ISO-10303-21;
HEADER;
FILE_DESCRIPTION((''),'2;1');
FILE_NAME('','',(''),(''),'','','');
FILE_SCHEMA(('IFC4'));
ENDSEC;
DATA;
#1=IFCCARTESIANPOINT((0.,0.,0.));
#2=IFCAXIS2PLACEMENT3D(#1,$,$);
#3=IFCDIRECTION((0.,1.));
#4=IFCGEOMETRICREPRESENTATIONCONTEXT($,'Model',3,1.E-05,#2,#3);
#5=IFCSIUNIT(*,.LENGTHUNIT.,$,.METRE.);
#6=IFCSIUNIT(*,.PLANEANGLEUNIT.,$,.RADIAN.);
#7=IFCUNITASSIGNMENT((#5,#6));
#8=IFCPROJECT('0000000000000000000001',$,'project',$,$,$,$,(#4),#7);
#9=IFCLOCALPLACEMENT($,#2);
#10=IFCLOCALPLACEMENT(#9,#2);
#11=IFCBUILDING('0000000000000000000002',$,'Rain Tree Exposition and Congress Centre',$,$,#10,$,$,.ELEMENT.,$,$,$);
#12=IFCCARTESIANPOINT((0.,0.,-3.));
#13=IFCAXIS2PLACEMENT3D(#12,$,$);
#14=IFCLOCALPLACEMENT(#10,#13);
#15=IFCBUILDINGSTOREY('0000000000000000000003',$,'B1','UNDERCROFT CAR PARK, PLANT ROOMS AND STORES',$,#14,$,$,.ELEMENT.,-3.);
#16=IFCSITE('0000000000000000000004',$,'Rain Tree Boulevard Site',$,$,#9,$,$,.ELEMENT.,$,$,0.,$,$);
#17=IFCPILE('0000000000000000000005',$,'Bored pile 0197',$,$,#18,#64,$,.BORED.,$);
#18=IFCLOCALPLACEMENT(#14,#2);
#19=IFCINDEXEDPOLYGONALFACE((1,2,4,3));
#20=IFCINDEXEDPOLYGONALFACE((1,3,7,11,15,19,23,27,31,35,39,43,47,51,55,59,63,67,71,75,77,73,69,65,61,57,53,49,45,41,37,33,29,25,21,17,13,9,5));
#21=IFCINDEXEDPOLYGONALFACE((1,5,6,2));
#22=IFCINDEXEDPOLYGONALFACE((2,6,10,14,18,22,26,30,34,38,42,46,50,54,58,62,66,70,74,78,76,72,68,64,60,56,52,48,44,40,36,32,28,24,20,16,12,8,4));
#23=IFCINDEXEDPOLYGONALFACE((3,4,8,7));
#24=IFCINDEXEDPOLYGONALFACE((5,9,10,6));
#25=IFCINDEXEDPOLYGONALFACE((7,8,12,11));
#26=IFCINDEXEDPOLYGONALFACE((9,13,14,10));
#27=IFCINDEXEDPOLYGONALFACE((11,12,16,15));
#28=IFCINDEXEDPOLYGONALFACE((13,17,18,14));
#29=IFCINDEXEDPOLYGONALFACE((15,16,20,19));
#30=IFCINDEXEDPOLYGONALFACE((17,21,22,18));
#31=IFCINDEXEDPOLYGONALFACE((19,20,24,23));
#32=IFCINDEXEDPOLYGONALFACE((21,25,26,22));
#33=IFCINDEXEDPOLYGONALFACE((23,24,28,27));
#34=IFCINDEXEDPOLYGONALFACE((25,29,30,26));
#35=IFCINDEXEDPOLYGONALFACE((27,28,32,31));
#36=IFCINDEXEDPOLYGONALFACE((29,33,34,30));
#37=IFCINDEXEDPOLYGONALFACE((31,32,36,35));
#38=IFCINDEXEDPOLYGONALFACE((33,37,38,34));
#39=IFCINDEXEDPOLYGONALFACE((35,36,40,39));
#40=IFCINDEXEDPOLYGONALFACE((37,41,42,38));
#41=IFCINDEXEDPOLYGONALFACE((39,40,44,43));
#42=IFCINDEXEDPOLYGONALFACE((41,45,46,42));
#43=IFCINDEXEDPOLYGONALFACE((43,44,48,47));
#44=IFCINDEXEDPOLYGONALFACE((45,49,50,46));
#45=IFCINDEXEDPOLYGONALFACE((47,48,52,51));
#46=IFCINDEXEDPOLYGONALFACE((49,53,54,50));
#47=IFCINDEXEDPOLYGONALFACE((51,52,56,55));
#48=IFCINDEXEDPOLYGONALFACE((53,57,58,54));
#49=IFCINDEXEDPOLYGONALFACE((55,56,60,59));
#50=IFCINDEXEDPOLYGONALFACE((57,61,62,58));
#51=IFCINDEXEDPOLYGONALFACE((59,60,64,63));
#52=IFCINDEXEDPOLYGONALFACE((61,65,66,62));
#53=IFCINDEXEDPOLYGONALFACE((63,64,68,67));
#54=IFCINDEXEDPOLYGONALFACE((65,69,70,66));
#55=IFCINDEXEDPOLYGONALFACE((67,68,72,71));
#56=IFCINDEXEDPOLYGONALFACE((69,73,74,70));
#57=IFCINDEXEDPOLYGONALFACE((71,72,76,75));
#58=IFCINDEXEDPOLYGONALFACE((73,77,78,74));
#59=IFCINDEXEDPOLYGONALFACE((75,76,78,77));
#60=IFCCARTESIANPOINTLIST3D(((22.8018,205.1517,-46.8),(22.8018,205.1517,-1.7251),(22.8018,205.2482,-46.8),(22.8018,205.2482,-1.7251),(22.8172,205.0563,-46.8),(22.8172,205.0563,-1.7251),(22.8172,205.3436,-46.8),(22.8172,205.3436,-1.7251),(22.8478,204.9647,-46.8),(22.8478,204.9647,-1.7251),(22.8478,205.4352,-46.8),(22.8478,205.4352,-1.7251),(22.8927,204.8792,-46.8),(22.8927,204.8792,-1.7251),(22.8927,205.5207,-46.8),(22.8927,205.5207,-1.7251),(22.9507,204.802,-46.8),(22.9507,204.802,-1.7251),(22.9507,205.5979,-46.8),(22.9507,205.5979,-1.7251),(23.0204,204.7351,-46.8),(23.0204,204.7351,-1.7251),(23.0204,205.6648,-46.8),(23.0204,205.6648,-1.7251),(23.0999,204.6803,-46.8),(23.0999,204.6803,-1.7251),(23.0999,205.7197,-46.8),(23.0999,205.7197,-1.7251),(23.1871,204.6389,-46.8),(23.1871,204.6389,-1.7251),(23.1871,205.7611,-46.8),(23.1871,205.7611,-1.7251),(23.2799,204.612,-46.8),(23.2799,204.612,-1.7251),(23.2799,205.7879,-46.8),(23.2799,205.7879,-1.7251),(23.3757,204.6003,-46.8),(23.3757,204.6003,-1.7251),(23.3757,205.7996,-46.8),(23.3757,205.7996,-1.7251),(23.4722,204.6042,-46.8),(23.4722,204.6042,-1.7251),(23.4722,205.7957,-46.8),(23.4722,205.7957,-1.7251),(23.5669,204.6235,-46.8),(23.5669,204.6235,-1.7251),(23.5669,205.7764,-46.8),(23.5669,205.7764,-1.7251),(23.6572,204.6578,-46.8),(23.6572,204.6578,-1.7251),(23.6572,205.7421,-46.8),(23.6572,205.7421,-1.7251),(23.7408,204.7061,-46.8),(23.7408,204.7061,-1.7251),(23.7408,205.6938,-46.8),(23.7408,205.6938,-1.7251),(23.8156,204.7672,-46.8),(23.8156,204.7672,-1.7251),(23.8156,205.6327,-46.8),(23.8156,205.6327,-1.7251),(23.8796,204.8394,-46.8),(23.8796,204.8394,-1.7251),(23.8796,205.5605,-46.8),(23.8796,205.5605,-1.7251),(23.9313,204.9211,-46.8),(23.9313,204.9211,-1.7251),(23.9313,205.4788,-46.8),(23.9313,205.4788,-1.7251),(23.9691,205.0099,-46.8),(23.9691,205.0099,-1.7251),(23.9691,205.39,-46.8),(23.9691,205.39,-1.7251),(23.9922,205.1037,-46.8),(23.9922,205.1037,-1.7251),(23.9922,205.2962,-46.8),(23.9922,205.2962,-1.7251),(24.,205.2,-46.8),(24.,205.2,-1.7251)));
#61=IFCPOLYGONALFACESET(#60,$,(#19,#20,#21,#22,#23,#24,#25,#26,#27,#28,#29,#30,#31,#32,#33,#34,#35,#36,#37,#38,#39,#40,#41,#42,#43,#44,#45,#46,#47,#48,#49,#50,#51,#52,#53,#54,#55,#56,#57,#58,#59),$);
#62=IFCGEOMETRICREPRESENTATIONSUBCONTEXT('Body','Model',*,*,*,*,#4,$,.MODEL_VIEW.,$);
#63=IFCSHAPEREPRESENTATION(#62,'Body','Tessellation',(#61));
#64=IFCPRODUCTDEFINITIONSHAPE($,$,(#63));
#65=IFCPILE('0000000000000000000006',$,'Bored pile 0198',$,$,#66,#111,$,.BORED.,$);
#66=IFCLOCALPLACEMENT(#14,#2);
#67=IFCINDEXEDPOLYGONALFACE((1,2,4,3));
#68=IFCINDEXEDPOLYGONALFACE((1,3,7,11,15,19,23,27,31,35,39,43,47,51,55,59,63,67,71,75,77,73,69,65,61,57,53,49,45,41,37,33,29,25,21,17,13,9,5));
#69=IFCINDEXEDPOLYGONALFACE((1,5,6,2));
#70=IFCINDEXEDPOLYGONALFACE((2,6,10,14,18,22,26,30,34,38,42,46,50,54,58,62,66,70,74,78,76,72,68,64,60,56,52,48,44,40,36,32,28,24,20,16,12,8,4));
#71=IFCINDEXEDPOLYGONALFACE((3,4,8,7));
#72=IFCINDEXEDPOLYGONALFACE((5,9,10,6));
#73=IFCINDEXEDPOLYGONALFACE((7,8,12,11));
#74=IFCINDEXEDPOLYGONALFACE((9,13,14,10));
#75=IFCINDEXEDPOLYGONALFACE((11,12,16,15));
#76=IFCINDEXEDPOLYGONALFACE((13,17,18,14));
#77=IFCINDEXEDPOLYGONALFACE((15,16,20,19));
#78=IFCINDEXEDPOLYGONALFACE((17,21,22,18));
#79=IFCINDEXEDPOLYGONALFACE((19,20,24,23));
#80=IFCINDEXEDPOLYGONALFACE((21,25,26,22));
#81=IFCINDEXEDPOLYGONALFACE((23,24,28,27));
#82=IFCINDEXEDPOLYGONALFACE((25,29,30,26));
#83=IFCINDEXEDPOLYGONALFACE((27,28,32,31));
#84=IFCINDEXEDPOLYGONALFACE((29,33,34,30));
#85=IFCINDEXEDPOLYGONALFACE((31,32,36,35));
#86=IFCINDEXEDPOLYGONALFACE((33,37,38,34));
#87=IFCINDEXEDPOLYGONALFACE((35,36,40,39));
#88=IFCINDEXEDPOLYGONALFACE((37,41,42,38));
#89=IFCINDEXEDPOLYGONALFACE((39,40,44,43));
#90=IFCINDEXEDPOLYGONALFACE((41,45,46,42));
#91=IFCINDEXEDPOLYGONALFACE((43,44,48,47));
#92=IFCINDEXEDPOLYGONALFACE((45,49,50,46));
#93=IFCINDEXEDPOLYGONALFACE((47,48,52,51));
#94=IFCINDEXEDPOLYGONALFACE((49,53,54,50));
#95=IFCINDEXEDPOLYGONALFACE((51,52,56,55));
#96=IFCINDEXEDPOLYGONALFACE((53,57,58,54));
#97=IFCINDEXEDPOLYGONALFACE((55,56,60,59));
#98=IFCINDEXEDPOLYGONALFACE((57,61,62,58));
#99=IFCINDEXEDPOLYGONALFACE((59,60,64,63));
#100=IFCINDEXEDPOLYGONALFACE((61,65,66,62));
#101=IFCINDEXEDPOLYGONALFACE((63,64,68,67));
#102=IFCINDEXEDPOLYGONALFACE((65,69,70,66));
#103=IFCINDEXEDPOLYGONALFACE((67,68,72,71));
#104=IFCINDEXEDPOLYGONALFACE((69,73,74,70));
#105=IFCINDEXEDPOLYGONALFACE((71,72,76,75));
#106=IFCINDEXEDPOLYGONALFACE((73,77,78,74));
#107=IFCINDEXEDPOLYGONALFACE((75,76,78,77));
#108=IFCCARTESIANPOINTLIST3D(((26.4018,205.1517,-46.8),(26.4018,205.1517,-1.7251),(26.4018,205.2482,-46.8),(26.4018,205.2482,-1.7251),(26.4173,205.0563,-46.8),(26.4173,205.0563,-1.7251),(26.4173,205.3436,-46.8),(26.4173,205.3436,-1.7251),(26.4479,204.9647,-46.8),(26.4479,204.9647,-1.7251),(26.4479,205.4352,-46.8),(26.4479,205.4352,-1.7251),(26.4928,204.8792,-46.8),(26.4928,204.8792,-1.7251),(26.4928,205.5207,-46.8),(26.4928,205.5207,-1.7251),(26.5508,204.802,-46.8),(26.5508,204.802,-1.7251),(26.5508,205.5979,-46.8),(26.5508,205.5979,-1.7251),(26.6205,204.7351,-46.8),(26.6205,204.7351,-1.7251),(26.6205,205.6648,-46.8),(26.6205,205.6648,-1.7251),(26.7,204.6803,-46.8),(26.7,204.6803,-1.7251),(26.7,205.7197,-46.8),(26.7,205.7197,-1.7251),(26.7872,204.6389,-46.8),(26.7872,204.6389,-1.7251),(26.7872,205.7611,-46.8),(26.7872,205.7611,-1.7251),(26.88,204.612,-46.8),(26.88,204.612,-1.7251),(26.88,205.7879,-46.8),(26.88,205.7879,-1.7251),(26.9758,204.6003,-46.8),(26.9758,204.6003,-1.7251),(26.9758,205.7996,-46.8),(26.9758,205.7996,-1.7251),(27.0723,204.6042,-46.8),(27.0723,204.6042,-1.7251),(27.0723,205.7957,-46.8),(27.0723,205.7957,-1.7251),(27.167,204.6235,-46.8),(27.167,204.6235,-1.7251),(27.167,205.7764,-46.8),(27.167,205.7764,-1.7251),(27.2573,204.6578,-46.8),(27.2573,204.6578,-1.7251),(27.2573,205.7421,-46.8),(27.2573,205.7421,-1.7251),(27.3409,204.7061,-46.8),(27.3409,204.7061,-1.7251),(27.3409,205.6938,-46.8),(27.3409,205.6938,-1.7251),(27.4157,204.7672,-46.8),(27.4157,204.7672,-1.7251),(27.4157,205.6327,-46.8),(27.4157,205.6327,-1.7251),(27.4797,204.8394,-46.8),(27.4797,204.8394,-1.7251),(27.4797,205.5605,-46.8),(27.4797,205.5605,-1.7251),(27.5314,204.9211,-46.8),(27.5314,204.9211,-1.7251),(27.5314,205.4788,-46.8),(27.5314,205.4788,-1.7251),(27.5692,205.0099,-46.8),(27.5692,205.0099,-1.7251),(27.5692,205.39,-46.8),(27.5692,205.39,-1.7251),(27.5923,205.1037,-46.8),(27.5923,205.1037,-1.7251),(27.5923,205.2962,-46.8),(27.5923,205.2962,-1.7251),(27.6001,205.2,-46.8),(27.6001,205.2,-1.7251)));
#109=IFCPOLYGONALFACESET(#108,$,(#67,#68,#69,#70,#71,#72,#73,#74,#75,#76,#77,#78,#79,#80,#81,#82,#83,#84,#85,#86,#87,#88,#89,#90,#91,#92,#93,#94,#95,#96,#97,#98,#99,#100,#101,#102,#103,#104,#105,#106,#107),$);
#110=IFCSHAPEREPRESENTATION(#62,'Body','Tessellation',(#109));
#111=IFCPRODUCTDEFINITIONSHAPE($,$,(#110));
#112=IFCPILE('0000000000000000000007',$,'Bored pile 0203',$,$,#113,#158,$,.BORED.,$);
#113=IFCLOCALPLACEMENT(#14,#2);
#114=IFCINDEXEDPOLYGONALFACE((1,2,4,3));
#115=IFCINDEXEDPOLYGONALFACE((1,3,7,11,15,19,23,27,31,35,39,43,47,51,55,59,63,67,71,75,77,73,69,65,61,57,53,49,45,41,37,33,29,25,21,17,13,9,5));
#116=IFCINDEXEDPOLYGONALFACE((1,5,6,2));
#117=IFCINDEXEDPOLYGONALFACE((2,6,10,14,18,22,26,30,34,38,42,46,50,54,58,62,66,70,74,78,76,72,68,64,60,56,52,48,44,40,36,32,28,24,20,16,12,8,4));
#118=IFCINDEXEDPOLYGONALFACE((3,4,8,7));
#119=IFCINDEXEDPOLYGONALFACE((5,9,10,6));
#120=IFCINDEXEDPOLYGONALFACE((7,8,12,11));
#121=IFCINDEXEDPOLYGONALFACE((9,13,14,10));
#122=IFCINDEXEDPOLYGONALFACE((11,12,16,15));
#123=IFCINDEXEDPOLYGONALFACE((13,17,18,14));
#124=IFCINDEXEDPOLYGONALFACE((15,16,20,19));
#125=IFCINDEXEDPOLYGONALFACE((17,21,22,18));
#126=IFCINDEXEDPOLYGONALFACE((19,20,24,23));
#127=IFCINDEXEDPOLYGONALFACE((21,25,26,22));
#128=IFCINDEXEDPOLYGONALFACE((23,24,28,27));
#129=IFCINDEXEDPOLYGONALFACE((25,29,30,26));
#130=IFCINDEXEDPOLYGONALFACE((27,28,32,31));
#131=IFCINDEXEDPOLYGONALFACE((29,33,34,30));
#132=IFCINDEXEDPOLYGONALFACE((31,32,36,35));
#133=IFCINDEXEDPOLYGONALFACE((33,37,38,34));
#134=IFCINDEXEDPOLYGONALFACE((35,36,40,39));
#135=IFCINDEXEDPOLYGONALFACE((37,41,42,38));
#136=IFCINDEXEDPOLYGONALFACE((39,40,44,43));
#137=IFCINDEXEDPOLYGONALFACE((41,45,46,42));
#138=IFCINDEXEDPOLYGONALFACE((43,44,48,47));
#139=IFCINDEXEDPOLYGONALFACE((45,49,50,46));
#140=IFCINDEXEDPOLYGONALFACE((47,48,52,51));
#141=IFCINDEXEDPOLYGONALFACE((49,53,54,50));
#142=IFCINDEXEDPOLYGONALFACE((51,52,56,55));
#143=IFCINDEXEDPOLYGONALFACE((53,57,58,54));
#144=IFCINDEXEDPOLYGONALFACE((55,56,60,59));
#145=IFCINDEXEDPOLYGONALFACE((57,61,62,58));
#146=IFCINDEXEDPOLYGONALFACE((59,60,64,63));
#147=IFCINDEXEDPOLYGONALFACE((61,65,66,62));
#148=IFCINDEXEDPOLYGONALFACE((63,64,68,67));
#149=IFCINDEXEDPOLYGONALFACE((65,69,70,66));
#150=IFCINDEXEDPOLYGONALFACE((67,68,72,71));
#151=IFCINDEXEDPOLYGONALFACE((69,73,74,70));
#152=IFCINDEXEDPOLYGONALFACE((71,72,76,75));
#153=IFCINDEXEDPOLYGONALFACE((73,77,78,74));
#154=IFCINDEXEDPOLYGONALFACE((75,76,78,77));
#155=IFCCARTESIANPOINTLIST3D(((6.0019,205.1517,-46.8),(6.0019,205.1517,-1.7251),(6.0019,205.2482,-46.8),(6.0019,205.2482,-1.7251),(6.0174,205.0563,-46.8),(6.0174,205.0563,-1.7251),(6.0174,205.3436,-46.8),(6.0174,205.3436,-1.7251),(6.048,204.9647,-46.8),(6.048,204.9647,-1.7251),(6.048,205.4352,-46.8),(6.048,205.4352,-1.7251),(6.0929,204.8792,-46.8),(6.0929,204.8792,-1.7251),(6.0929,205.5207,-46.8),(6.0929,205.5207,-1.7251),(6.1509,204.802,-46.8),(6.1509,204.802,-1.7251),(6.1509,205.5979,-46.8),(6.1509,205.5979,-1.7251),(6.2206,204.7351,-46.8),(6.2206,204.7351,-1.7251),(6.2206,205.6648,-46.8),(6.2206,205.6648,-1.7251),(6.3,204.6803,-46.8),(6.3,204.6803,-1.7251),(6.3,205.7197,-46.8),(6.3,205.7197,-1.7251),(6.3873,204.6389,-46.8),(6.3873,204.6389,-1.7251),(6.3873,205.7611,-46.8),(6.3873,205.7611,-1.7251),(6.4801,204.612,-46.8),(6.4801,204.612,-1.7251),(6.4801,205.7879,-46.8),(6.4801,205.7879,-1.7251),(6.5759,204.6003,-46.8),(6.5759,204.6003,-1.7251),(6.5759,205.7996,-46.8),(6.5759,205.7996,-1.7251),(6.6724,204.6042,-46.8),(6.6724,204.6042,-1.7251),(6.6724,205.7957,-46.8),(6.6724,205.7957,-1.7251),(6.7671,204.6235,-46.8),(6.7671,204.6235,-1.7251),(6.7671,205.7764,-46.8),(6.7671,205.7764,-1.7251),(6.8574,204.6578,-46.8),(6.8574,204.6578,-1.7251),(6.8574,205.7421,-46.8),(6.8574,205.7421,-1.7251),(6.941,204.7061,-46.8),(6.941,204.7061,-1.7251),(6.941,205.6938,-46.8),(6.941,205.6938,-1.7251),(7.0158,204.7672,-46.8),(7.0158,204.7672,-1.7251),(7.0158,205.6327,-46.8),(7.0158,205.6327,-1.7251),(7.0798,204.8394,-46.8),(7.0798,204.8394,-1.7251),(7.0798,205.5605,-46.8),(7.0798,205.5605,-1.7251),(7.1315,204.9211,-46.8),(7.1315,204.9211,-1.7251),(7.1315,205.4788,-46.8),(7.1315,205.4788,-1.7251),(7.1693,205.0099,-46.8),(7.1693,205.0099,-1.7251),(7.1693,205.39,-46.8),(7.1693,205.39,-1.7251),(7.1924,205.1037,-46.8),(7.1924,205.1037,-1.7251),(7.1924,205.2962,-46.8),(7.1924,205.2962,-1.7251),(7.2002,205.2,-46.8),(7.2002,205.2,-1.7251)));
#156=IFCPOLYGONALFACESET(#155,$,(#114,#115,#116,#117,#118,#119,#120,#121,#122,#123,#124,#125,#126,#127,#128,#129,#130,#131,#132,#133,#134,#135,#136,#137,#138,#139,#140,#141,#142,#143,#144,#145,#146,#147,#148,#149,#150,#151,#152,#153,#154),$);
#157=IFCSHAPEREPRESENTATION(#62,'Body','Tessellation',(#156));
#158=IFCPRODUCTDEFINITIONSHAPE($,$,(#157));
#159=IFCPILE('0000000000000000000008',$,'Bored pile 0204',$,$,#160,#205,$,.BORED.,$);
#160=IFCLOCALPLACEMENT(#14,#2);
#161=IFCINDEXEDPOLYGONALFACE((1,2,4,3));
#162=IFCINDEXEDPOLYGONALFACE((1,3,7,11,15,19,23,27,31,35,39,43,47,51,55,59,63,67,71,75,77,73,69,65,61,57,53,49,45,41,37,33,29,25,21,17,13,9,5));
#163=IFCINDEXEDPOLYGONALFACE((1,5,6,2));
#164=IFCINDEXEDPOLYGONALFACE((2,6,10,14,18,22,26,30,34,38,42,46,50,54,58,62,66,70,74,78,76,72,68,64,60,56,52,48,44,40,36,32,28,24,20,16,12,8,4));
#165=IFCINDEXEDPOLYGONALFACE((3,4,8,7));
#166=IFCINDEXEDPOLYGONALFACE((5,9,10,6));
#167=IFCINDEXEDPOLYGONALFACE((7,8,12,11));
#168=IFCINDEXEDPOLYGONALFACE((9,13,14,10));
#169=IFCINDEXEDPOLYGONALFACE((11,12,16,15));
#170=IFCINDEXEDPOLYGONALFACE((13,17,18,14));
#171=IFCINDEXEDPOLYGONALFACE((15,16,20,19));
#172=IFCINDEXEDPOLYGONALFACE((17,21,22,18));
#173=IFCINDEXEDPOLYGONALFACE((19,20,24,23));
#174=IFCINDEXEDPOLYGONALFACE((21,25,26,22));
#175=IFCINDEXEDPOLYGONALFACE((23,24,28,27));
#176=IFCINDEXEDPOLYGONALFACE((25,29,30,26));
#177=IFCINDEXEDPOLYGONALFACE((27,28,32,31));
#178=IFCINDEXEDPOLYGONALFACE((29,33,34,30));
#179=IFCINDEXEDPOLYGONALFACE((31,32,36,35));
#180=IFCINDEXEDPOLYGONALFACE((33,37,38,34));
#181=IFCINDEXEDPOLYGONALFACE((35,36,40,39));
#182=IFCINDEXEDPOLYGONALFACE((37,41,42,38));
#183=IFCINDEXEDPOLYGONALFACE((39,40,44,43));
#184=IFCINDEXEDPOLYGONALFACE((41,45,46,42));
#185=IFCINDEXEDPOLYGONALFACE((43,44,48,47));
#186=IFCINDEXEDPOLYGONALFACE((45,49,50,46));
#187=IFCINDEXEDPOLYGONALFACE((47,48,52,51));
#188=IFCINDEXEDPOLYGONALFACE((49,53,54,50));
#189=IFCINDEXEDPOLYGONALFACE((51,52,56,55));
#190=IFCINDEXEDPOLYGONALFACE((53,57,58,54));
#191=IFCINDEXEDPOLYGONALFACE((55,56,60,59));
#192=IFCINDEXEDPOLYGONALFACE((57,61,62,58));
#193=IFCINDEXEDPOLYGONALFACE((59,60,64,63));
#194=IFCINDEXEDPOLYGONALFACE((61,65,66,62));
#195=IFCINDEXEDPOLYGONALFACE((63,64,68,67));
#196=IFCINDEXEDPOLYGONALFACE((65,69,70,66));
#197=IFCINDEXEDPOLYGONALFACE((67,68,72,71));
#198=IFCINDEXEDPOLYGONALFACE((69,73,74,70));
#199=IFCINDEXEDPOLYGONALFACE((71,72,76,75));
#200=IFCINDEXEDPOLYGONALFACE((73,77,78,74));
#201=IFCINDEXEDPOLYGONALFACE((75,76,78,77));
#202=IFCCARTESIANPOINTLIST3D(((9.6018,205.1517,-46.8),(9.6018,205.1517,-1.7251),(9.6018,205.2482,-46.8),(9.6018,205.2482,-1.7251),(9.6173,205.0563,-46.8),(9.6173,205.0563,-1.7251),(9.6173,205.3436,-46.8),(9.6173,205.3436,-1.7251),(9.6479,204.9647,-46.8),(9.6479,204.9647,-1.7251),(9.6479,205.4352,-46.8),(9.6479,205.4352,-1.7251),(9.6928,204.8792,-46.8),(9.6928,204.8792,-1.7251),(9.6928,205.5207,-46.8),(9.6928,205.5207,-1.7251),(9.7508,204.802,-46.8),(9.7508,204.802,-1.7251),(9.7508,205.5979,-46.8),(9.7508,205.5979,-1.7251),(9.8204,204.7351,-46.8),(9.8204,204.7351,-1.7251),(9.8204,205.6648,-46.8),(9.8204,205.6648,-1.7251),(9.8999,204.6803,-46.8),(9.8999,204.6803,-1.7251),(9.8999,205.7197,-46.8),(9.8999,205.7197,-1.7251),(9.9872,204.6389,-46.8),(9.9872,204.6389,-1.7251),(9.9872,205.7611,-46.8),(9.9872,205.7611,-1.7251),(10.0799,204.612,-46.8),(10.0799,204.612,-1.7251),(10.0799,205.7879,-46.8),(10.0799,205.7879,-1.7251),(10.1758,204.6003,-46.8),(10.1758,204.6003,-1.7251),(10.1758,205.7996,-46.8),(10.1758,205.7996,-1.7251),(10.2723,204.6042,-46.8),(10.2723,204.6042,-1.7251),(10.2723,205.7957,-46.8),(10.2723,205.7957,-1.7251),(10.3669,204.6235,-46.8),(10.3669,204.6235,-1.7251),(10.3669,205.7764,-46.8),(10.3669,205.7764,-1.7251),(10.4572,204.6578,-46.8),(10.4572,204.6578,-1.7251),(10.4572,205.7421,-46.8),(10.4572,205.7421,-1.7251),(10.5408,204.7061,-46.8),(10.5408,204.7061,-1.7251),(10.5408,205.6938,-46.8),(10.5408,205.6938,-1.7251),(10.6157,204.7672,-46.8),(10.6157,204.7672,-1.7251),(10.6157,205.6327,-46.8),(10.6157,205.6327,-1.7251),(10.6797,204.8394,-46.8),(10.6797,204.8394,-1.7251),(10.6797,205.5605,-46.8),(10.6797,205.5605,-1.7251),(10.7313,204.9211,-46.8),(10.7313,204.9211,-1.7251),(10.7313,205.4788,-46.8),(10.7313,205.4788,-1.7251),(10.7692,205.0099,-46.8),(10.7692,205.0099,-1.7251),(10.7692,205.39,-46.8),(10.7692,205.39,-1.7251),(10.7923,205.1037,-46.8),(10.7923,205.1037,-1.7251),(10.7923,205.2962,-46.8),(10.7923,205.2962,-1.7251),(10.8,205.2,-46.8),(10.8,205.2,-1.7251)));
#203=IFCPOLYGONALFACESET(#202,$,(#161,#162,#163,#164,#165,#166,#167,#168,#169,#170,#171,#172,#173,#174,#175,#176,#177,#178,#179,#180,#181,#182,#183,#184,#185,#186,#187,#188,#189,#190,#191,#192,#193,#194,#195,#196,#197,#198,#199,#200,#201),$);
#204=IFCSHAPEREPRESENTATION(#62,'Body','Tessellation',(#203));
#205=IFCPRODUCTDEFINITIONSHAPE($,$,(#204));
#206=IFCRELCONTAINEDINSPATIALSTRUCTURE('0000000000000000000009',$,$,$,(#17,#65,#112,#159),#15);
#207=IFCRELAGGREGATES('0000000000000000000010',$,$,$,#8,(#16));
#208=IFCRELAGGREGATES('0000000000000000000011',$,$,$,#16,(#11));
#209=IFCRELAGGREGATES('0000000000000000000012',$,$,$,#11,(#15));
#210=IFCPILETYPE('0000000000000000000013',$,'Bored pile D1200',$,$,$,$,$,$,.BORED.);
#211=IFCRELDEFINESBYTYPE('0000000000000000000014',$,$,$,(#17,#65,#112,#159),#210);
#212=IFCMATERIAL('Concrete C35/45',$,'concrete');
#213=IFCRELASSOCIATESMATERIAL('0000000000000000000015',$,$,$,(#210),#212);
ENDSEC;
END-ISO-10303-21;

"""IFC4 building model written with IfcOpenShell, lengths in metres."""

from ifc_helpers import new_model, si_unit, direction, frame, origin, origin_2d, place, context, subcontext, project, spatial, circle, extrude, material, material_profile, profile_set, type_object, element, save


model = new_model("IFC4")

# Units and contexts
model_context = context("Model", 3, precision=1e-05, world=origin(), true_north=direction((0.0, 1.0)))
body_context = subcontext(model_context, "Body", "Model", "MODEL_VIEW")
ifc_project = project(units=[si_unit("LENGTHUNIT", "METRE"), si_unit("PLANEANGLEUNIT", "RADIAN")], contexts=[model_context])

# Site, building, storey
site_placement = place(None, origin())
site = spatial("IfcSite", under=ifc_project, at=site_placement, Name="Rain Tree Boulevard Site", CompositionType="ELEMENT", RefElevation=0.0)
building_placement = place(site_placement, origin())
building = spatial("IfcBuilding", under=site, at=building_placement, Name="Rain Tree Exposition and Congress Centre", CompositionType="ELEMENT")
storey_placement = place(building_placement, frame((0.0, 0.0, -3.0)))
storey = spatial("IfcBuildingStorey", under=building, at=storey_placement, Name="B1", Description="UNDERCROFT CAR PARK, PLANT ROOMS AND STORES", CompositionType="ELEMENT", Elevation=-3.0)

# Piles
ifc_material_1 = material(Name="Concrete C35/45", Category="concrete")
ifc_material_profile_1 = material_profile(ifc_material_1, circle(Radius=0.6001, at=origin_2d()), Name="D1200")
ifc_profile_set_1 = profile_set([ifc_material_profile_1], Name="Concrete C35/45")
pile_type_1 = type_object("IfcPileType", Name="Bored pile D1200", PredefinedType="BORED", material=ifc_profile_set_1)
for number, where, z_axis, x_axis, name in (
    (1, (23.3999, 205.2, -1.7251), (0.0, 0.0, -1.0), (1.0, 0.0, 0.0), "Bored pile 0197"),
    (2, (27.0, 205.2, -1.7251), (0.0, 0.0, -1.0), (1.0, 0.0, 0.0), "Bored pile 0198"),
    (3, (6.6001, 205.2, -1.7251), (0.0, 0.0, -1.0), (1.0, 0.0, 0.0), "Bored pile 0203"),
    (4, (10.2, 205.2, -1.7251), (0.0, 0.0, -1.0), (1.0, 0.0, 0.0), "Bored pile 0204"),
):
    element("IfcPile", number, at=place(storey_placement, frame(where, z_axis=z_axis, x_axis=x_axis)), inside=storey, type_object=pile_type_1, Name=name, PredefinedType="BORED", context=body_context, shape_type="SweptSolid", body=[
        extrude(circle(Radius=0.6001, at=origin_2d()), origin(), (0.0, 0.0, 1.0), 45.075),
    ])

save(model, "model.ifc")
